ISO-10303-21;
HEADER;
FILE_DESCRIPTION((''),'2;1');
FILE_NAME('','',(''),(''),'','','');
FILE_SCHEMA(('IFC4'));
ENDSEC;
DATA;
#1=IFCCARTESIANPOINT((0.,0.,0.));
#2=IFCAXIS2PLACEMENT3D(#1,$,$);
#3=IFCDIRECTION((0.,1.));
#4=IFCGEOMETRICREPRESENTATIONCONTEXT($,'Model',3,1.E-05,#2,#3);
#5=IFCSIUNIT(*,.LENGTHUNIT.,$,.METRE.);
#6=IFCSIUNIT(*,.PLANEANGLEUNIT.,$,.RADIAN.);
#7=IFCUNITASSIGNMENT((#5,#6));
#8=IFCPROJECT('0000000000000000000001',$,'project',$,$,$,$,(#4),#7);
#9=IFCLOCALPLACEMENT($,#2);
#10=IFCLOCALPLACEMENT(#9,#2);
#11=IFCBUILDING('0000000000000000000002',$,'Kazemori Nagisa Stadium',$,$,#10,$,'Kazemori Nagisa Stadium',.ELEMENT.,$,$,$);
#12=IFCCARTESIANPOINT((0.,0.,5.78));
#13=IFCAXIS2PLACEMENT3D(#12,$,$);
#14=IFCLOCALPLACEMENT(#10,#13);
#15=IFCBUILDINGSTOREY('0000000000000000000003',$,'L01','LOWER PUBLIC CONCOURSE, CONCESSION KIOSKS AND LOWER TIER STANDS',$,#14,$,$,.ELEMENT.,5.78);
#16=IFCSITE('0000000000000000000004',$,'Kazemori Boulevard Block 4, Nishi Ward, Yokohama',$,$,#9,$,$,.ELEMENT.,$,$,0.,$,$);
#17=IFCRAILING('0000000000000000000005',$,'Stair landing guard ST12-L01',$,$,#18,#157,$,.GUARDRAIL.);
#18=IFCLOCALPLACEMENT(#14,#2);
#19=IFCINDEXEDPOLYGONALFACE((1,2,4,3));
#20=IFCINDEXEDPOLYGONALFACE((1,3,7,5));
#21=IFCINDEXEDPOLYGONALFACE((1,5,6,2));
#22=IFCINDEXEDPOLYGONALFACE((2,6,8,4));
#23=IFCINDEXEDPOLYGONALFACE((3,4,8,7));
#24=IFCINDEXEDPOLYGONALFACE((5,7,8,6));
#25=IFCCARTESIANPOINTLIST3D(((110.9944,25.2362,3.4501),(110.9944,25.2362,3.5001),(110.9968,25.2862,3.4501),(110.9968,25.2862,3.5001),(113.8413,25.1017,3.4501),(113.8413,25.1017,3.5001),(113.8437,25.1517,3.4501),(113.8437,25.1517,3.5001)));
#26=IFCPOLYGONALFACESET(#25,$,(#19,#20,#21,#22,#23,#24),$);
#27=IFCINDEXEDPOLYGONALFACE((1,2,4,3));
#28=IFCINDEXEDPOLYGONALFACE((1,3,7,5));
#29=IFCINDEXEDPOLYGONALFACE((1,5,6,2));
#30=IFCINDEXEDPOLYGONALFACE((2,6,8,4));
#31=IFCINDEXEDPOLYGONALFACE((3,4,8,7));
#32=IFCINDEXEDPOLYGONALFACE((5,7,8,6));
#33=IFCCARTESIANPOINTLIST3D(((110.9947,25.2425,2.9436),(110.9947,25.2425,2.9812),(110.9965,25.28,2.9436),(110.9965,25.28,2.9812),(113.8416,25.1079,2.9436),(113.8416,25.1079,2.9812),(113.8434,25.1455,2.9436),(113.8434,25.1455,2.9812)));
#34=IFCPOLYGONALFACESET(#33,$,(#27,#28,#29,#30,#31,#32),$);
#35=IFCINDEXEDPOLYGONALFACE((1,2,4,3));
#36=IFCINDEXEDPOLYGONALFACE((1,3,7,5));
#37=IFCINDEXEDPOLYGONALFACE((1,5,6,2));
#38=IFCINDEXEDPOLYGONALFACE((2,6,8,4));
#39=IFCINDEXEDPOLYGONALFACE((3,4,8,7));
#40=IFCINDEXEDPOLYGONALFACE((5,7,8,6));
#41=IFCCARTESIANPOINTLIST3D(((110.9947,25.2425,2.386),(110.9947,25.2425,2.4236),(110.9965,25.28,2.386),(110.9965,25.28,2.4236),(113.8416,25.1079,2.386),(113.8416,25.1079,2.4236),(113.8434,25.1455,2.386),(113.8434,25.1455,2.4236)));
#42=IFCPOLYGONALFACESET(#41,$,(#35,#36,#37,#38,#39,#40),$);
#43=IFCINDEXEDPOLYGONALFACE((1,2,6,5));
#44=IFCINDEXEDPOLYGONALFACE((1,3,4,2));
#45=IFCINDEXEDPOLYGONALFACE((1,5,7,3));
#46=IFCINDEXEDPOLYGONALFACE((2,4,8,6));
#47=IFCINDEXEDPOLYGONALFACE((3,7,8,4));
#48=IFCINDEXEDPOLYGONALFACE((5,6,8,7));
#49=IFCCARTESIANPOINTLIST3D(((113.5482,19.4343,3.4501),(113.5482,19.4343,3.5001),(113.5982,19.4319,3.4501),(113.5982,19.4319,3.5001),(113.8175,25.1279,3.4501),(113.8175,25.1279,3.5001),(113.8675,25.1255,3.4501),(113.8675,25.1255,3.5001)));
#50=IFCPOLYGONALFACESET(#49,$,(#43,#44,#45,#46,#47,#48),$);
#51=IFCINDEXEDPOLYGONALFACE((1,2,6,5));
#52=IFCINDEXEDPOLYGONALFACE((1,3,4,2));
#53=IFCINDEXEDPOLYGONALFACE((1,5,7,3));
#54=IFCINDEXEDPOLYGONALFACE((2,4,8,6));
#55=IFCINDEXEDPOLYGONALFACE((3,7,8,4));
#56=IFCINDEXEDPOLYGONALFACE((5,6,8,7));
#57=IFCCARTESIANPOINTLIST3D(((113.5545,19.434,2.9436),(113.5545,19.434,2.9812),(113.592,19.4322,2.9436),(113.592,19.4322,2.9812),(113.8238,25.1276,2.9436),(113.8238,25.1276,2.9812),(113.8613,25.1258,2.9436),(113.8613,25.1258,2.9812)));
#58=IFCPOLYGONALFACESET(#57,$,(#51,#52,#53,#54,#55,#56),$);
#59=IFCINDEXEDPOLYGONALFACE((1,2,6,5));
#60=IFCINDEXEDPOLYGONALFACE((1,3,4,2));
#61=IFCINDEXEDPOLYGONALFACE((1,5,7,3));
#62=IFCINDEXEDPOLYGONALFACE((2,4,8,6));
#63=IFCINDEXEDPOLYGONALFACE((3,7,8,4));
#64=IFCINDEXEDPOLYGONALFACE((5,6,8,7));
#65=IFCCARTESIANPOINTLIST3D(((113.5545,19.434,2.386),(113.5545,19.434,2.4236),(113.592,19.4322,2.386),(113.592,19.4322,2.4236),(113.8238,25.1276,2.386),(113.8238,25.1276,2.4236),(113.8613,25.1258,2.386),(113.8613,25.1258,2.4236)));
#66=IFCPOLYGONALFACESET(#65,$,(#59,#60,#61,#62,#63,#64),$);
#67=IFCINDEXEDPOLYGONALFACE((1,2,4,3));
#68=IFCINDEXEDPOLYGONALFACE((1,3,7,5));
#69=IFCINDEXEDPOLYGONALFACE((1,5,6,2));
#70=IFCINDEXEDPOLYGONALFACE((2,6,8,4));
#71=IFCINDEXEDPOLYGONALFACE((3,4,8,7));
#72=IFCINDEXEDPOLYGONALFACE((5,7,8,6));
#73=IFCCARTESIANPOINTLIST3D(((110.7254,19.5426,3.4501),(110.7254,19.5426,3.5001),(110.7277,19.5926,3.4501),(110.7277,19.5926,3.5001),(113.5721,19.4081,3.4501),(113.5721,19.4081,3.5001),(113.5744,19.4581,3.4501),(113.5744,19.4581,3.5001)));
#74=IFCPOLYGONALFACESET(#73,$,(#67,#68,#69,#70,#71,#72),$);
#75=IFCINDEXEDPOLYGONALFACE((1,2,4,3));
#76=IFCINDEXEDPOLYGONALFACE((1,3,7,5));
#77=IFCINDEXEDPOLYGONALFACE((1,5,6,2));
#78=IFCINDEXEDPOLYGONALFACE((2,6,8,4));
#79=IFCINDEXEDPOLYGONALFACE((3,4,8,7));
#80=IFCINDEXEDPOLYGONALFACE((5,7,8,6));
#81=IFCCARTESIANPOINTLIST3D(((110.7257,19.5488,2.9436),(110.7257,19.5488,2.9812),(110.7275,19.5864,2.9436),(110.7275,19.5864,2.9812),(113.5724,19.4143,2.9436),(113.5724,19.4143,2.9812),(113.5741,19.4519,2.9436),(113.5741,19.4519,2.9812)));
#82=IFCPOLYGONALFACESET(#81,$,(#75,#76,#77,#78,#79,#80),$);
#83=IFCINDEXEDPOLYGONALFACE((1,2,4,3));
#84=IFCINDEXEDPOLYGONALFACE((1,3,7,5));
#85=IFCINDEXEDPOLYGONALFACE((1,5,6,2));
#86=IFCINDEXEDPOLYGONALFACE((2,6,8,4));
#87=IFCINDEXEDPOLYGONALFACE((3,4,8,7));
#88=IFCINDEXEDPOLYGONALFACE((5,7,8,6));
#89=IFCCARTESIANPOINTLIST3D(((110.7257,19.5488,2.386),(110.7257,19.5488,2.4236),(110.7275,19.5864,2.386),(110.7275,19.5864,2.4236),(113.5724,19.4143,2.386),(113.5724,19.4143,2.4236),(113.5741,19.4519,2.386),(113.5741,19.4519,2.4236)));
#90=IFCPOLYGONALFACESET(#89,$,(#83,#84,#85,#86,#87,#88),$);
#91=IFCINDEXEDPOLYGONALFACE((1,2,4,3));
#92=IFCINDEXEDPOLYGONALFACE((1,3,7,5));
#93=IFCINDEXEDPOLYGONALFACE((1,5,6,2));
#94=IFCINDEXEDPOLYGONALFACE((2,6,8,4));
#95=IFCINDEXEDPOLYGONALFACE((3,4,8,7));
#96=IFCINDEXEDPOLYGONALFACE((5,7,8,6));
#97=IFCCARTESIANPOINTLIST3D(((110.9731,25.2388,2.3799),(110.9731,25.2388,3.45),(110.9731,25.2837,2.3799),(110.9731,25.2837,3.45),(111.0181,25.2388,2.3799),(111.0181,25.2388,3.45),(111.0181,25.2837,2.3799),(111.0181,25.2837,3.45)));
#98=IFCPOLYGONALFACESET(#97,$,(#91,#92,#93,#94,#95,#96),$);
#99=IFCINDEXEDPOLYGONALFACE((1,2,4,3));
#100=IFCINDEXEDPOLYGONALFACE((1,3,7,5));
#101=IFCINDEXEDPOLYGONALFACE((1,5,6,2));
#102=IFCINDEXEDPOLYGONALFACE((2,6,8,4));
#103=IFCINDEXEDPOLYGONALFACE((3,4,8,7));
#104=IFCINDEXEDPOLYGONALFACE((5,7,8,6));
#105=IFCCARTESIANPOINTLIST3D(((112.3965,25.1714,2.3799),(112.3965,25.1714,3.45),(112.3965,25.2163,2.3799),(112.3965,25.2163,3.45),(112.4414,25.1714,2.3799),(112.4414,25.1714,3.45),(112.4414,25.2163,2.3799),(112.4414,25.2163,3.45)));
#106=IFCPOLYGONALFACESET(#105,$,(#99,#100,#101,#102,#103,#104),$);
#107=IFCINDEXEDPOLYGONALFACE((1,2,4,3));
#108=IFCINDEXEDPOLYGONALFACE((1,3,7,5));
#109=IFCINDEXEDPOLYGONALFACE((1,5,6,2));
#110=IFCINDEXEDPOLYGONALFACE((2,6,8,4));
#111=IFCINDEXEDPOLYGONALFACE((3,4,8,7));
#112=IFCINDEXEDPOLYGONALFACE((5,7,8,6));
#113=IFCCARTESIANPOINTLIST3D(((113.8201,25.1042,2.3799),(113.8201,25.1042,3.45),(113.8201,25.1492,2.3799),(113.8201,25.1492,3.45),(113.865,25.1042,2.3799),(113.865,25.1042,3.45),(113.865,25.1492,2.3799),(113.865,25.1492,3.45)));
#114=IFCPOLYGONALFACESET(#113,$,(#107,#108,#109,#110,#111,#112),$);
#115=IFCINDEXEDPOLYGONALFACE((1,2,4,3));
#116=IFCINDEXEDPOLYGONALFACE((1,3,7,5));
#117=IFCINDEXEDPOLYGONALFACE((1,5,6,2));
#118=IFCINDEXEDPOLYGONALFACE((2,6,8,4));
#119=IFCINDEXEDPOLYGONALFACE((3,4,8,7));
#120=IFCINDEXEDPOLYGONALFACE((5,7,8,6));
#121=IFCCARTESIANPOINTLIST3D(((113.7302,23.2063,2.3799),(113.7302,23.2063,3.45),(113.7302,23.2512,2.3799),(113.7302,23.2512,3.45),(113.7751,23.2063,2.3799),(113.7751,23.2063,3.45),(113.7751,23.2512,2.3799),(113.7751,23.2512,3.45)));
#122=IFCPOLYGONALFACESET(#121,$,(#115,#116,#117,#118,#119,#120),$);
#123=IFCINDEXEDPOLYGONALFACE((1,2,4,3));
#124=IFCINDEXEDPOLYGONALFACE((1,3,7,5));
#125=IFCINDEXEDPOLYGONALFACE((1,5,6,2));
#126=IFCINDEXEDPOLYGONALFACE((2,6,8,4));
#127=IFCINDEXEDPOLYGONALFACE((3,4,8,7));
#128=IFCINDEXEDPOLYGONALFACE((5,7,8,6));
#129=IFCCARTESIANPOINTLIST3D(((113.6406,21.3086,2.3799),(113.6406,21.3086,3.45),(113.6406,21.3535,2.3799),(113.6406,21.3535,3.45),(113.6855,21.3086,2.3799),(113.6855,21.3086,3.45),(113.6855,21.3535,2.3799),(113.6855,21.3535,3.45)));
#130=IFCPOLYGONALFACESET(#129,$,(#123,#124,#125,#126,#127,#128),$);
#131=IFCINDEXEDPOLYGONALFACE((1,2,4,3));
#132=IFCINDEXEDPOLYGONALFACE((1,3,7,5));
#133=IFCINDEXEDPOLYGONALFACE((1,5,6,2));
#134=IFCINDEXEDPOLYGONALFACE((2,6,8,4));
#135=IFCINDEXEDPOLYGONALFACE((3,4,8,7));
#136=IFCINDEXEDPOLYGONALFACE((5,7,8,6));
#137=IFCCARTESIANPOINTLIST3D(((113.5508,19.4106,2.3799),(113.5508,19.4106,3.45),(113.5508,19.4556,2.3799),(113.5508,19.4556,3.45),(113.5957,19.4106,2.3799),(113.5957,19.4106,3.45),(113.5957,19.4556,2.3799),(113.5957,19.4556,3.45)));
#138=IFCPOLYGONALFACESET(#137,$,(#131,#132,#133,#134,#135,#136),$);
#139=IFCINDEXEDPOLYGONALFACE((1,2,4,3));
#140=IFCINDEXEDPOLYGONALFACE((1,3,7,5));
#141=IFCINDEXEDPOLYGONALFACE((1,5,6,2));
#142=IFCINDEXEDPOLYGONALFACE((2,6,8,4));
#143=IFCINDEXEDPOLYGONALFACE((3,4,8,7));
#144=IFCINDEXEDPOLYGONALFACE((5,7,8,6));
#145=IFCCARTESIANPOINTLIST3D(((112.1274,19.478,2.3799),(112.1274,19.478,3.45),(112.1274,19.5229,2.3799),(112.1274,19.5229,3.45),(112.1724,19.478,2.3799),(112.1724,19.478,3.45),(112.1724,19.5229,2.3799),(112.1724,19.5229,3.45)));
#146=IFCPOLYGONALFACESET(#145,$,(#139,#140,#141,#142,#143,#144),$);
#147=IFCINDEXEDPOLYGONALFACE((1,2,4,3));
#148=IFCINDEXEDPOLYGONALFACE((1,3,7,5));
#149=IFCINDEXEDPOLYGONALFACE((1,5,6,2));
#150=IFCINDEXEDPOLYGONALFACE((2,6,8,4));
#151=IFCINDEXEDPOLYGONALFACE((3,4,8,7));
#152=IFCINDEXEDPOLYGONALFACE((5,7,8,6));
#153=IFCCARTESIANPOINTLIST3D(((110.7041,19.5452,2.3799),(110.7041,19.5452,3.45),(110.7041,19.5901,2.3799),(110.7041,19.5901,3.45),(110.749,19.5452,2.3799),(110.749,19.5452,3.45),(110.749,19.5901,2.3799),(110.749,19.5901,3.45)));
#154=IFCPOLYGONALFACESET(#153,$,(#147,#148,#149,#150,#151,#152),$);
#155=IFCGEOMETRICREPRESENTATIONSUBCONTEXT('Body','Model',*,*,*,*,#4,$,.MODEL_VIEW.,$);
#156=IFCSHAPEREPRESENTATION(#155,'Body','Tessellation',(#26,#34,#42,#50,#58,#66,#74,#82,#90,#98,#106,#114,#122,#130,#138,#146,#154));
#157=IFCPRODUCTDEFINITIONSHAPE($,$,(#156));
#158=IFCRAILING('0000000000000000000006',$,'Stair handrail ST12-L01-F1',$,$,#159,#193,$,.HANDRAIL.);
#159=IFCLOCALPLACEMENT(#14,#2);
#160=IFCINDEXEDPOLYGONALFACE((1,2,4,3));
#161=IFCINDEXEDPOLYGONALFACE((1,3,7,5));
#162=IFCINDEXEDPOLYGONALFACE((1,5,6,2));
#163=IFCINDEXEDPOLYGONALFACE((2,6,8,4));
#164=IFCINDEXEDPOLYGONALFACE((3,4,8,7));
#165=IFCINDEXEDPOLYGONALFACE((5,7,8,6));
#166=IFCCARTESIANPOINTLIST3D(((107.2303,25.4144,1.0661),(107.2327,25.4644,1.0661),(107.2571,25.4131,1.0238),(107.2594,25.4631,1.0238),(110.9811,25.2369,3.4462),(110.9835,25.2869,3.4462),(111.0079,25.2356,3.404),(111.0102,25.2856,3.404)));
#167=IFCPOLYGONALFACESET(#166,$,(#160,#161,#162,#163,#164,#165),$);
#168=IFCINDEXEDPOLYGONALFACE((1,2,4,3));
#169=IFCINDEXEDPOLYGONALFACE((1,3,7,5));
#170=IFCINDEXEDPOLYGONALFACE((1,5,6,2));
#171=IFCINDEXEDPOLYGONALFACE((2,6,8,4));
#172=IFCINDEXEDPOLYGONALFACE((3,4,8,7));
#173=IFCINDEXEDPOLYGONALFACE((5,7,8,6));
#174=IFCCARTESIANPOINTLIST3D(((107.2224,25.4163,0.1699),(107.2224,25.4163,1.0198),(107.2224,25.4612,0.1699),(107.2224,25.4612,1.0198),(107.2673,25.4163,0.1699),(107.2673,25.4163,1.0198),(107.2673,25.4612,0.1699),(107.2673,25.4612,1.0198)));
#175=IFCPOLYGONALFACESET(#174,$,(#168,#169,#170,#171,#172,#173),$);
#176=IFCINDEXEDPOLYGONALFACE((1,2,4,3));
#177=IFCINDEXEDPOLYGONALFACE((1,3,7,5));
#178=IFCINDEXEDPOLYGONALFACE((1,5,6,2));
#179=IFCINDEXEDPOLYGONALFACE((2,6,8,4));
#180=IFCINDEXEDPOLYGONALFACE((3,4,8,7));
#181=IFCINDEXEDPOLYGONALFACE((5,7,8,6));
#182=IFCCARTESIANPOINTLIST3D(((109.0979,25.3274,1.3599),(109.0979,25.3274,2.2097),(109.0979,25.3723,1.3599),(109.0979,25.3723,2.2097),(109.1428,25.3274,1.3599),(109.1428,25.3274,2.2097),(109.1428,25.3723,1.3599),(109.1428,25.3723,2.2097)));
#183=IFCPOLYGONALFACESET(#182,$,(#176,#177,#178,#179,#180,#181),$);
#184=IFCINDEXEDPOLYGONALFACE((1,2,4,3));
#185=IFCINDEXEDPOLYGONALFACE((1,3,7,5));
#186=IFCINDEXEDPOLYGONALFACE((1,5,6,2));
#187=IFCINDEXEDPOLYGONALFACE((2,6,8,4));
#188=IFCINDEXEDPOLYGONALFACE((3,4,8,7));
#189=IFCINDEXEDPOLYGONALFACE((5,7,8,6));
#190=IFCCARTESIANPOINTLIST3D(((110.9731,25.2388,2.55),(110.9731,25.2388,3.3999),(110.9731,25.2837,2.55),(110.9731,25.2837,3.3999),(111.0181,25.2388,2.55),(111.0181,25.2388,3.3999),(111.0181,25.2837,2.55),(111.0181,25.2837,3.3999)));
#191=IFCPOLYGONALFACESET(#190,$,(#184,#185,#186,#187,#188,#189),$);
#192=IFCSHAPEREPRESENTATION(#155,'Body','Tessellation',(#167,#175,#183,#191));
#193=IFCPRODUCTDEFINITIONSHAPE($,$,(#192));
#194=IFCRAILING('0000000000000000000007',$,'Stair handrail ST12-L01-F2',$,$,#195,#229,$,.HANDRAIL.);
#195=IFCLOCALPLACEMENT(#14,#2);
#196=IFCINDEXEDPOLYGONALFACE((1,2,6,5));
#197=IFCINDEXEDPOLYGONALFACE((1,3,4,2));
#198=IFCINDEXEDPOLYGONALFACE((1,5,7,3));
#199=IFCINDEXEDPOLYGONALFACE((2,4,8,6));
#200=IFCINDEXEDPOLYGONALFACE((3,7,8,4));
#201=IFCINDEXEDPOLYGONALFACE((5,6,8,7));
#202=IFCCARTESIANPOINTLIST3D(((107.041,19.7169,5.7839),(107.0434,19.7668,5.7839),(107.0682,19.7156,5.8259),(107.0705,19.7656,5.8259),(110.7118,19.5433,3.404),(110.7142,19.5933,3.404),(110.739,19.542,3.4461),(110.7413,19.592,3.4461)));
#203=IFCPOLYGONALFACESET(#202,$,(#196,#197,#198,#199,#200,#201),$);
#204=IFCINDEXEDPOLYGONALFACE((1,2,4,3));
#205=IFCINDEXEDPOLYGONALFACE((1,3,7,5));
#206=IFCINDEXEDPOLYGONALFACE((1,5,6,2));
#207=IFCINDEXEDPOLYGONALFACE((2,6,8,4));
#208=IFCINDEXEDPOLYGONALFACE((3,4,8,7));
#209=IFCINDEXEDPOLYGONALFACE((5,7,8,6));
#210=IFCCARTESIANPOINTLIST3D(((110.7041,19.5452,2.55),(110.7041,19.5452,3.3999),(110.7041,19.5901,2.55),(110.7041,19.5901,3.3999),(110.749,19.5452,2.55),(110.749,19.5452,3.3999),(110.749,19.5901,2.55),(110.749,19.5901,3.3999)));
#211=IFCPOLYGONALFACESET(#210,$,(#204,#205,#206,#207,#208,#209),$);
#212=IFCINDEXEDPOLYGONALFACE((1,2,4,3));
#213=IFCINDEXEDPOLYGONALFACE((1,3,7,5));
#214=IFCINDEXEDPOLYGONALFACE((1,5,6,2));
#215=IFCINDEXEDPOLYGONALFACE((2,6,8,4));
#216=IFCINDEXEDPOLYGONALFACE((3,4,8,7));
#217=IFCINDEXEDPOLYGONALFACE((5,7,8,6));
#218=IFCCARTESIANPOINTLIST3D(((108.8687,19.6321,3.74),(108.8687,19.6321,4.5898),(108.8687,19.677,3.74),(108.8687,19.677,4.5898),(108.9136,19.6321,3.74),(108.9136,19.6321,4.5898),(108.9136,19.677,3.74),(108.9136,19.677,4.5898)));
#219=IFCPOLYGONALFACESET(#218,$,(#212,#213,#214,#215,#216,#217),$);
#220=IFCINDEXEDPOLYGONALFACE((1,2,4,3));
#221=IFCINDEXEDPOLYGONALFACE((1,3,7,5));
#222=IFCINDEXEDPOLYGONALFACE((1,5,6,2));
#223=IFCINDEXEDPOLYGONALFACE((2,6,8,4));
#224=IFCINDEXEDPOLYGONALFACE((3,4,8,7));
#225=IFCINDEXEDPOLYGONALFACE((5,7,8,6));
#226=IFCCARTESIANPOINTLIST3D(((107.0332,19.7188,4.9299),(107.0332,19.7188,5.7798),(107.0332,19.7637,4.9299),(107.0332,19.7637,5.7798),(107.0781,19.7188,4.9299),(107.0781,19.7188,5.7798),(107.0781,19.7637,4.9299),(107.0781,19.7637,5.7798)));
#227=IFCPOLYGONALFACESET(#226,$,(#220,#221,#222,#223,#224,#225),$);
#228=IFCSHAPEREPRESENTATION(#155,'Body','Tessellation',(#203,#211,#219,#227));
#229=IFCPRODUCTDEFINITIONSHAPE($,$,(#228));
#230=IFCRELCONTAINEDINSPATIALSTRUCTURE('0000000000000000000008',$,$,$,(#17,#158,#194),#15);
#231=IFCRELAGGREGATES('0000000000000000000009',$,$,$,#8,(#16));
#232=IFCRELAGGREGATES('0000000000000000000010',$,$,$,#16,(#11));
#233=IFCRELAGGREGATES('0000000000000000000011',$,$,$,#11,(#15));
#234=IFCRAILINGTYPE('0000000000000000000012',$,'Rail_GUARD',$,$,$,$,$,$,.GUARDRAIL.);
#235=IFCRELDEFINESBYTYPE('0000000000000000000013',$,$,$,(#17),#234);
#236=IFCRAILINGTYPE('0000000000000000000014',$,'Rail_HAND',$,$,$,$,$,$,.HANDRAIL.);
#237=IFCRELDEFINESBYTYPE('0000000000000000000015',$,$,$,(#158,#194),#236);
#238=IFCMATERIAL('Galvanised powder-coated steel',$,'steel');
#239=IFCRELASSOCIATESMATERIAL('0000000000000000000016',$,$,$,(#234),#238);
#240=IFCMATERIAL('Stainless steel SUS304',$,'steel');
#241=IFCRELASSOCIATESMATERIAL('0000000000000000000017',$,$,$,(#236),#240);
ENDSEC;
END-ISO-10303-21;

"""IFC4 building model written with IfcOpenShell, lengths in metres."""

from ifc_helpers import new_model, si_unit, direction, frame, origin, origin_2d, place, context, subcontext, project, spatial, rectangle, extrude, material, type_object, element, save


model = new_model("IFC4")

# Units and contexts
model_context = context("Model", 3, precision=1e-05, world=origin(), true_north=direction((0.0, 1.0)))
body_context = subcontext(model_context, "Body", "Model", "MODEL_VIEW")
ifc_project = project(units=[si_unit("LENGTHUNIT", "METRE"), si_unit("PLANEANGLEUNIT", "RADIAN")], contexts=[model_context])

# Site, building, storey
site_placement = place(None, origin())
site = spatial("IfcSite", under=ifc_project, at=site_placement, Name="Kazemori Boulevard Block 4, Nishi Ward, Yokohama", CompositionType="ELEMENT", RefElevation=0.0)
building_placement = place(site_placement, origin())
building = spatial("IfcBuilding", under=site, at=building_placement, Name="Kazemori Nagisa Stadium", LongName="Kazemori Nagisa Stadium", CompositionType="ELEMENT")
storey_placement = place(building_placement, frame((0.0, 0.0, 5.78)))
storey = spatial("IfcBuildingStorey", under=building, at=storey_placement, Name="L01", Description="LOWER PUBLIC CONCOURSE, CONCESSION KIOSKS AND LOWER TIER STANDS", CompositionType="ELEMENT", Elevation=5.78)

# Railings
ifc_material_1 = material(Name="Galvanised powder-coated steel", Category="steel")
railing_type_1 = type_object("IfcRailingType", Name="Rail_GUARD", PredefinedType="GUARDRAIL", material=ifc_material_1)
railing_1_placement = place(storey_placement, frame((110.9956, 25.2612, 2.3799)))
element("IfcRailing", 1, at=railing_1_placement, inside=storey, type_object=railing_type_1, Name="Stair landing guard ST12-L01", PredefinedType="GUARDRAIL", context=body_context, shape_type="SweptSolid", body=[
    extrude(rectangle(XDim=0.05, YDim=0.05, at=origin_2d()), frame((0.0, 0.0, 1.0952), z_axis=(0.998886, -0.047199, 0.0), x_axis=(0.047199, 0.998886, 0.0)), (0.0, 0.0, 1.0), 2.8501),
    extrude(rectangle(XDim=0.0376, YDim=0.0376, at=origin_2d()), frame((0.0, 0.0, 0.5825), z_axis=(0.998886, -0.047199, 0.0), x_axis=(0.047199, 0.998886, 0.0)), (0.0, 0.0, 1.0), 2.8501),
    extrude(rectangle(XDim=0.0376, YDim=0.0376, at=origin_2d()), frame((0.0, 0.0, 0.0249), z_axis=(0.998886, -0.047199, 0.0), x_axis=(0.047199, 0.998886, 0.0)), (0.0, 0.0, 1.0), 2.8501),
    extrude(rectangle(XDim=0.05, YDim=0.05, at=origin_2d()), frame((2.8469, -0.1345, 1.0952), z_axis=(-0.047244, -0.998883, 0.0), x_axis=(0.998883, -0.047244, 0.0)), (0.0, 0.0, 1.0), 5.7),
    extrude(rectangle(XDim=0.0376, YDim=0.0376, at=origin_2d()), frame((2.8469, -0.1345, 0.5825), z_axis=(-0.047244, -0.998883, 0.0), x_axis=(0.998883, -0.047244, 0.0)), (0.0, 0.0, 1.0), 5.7),
    extrude(rectangle(XDim=0.0376, YDim=0.0376, at=origin_2d()), frame((2.8469, -0.1345, 0.0249), z_axis=(-0.047244, -0.998883, 0.0), x_axis=(0.998883, -0.047244, 0.0)), (0.0, 0.0, 1.0), 5.7),
    extrude(rectangle(XDim=0.05, YDim=0.05, at=origin_2d()), frame((2.5776, -5.8281, 1.0952), z_axis=(-0.998885, 0.047203, 0.0), x_axis=(-0.047203, -0.998885, 0.0)), (0.0, 0.0, 1.0), 2.8499),
    extrude(rectangle(XDim=0.0376, YDim=0.0376, at=origin_2d()), frame((2.5776, -5.8281, 0.5825), z_axis=(-0.998885, 0.047203, 0.0), x_axis=(-0.047203, -0.998885, 0.0)), (0.0, 0.0, 1.0), 2.8499),
    extrude(rectangle(XDim=0.0376, YDim=0.0376, at=origin_2d()), frame((2.5776, -5.8281, 0.0249), z_axis=(-0.998885, 0.047203, 0.0), x_axis=(-0.047203, -0.998885, 0.0)), (0.0, 0.0, 1.0), 2.8499),
    extrude(rectangle(XDim=0.0449, YDim=0.0449, at=origin_2d()), origin(), (0.0, 0.0, 1.0), 1.0701),
    extrude(rectangle(XDim=0.0449, YDim=0.0449, at=origin_2d()), frame((1.4233, -0.0674, 0.0)), (0.0, 0.0, 1.0), 1.0701),
    extrude(rectangle(XDim=0.0449, YDim=0.0449, at=origin_2d()), frame((2.8469, -0.1345, 0.0)), (0.0, 0.0, 1.0), 1.0701),
    extrude(rectangle(XDim=0.0449, YDim=0.0449, at=origin_2d()), frame((2.7571, -2.0325, 0.0)), (0.0, 0.0, 1.0), 1.0701),
    extrude(rectangle(XDim=0.0449, YDim=0.0449, at=origin_2d()), frame((2.6675, -3.9302, 0.0)), (0.0, 0.0, 1.0), 1.0701),
    extrude(rectangle(XDim=0.0449, YDim=0.0449, at=origin_2d()), frame((2.5776, -5.8281, 0.0)), (0.0, 0.0, 1.0), 1.0701),
    extrude(rectangle(XDim=0.0449, YDim=0.0449, at=origin_2d()), frame((1.1543, -5.7607, 0.0)), (0.0, 0.0, 1.0), 1.0701),
    extrude(rectangle(XDim=0.0449, YDim=0.0449, at=origin_2d()), frame((-0.269, -5.6936, 0.0)), (0.0, 0.0, 1.0), 1.0701),
])
ifc_material_2 = material(Name="Stainless steel SUS304", Category="steel")
railing_type_2 = type_object("IfcRailingType", Name="Rail_HAND", PredefinedType="HANDRAIL", material=ifc_material_2)
railing_2_placement = place(storey_placement, frame((107.2449, 25.4387, 0.1699)))
element("IfcRailing", 2, at=railing_2_placement, inside=storey, type_object=railing_type_2, Name="Stair handrail ST12-L01-F1", PredefinedType="HANDRAIL", context=body_context, shape_type="SweptSolid", body=[
    extrude(rectangle(XDim=0.05, YDim=0.05, at=origin_2d()), frame((0.0, 0.0, 0.875), z_axis=(0.843671, -0.039924, 0.535374), x_axis=(0.047269, 0.998882, 0.0)), (0.0, 0.0, 1.0), 4.4458),
    extrude(rectangle(XDim=0.0449, YDim=0.0449, at=origin_2d()), origin(), (0.0, 0.0, 1.0), 0.8499),
    extrude(rectangle(XDim=0.0449, YDim=0.0449, at=origin_2d()), frame((1.8755, -0.0889, 1.1899)), (0.0, 0.0, 1.0), 0.8499),
    extrude(rectangle(XDim=0.0449, YDim=0.0449, at=origin_2d()), frame((3.7507, -0.1775, 2.3801)), (0.0, 0.0, 1.0), 0.8499),
])
railing_3_placement = place(storey_placement, frame((110.7266, 19.5676, 2.55)))
element("IfcRailing", 3, at=railing_3_placement, inside=storey, type_object=railing_type_2, Name="Stair handrail ST12-L01-F2", PredefinedType="HANDRAIL", context=body_context, shape_type="SweptSolid", body=[
    extrude(rectangle(XDim=0.05, YDim=0.05, at=origin_2d()), frame((0.0, 0.0, 0.875), z_axis=(-0.838431, 0.039646, 0.543564), x_axis=(-0.047234, -0.998884, 0.0)), (0.0, 0.0, 1.0), 4.3782),
    extrude(rectangle(XDim=0.0449, YDim=0.0449, at=origin_2d()), origin(), (0.0, 0.0, 1.0), 0.8499),
    extrude(rectangle(XDim=0.0449, YDim=0.0449, at=origin_2d()), frame((-1.8354, 0.0869, 1.1899)), (0.0, 0.0, 1.0), 0.8499),
    extrude(rectangle(XDim=0.0449, YDim=0.0449, at=origin_2d()), frame((-3.6709, 0.1736, 2.3799)), (0.0, 0.0, 1.0), 0.8499),
])

save(model, "model.ifc")
